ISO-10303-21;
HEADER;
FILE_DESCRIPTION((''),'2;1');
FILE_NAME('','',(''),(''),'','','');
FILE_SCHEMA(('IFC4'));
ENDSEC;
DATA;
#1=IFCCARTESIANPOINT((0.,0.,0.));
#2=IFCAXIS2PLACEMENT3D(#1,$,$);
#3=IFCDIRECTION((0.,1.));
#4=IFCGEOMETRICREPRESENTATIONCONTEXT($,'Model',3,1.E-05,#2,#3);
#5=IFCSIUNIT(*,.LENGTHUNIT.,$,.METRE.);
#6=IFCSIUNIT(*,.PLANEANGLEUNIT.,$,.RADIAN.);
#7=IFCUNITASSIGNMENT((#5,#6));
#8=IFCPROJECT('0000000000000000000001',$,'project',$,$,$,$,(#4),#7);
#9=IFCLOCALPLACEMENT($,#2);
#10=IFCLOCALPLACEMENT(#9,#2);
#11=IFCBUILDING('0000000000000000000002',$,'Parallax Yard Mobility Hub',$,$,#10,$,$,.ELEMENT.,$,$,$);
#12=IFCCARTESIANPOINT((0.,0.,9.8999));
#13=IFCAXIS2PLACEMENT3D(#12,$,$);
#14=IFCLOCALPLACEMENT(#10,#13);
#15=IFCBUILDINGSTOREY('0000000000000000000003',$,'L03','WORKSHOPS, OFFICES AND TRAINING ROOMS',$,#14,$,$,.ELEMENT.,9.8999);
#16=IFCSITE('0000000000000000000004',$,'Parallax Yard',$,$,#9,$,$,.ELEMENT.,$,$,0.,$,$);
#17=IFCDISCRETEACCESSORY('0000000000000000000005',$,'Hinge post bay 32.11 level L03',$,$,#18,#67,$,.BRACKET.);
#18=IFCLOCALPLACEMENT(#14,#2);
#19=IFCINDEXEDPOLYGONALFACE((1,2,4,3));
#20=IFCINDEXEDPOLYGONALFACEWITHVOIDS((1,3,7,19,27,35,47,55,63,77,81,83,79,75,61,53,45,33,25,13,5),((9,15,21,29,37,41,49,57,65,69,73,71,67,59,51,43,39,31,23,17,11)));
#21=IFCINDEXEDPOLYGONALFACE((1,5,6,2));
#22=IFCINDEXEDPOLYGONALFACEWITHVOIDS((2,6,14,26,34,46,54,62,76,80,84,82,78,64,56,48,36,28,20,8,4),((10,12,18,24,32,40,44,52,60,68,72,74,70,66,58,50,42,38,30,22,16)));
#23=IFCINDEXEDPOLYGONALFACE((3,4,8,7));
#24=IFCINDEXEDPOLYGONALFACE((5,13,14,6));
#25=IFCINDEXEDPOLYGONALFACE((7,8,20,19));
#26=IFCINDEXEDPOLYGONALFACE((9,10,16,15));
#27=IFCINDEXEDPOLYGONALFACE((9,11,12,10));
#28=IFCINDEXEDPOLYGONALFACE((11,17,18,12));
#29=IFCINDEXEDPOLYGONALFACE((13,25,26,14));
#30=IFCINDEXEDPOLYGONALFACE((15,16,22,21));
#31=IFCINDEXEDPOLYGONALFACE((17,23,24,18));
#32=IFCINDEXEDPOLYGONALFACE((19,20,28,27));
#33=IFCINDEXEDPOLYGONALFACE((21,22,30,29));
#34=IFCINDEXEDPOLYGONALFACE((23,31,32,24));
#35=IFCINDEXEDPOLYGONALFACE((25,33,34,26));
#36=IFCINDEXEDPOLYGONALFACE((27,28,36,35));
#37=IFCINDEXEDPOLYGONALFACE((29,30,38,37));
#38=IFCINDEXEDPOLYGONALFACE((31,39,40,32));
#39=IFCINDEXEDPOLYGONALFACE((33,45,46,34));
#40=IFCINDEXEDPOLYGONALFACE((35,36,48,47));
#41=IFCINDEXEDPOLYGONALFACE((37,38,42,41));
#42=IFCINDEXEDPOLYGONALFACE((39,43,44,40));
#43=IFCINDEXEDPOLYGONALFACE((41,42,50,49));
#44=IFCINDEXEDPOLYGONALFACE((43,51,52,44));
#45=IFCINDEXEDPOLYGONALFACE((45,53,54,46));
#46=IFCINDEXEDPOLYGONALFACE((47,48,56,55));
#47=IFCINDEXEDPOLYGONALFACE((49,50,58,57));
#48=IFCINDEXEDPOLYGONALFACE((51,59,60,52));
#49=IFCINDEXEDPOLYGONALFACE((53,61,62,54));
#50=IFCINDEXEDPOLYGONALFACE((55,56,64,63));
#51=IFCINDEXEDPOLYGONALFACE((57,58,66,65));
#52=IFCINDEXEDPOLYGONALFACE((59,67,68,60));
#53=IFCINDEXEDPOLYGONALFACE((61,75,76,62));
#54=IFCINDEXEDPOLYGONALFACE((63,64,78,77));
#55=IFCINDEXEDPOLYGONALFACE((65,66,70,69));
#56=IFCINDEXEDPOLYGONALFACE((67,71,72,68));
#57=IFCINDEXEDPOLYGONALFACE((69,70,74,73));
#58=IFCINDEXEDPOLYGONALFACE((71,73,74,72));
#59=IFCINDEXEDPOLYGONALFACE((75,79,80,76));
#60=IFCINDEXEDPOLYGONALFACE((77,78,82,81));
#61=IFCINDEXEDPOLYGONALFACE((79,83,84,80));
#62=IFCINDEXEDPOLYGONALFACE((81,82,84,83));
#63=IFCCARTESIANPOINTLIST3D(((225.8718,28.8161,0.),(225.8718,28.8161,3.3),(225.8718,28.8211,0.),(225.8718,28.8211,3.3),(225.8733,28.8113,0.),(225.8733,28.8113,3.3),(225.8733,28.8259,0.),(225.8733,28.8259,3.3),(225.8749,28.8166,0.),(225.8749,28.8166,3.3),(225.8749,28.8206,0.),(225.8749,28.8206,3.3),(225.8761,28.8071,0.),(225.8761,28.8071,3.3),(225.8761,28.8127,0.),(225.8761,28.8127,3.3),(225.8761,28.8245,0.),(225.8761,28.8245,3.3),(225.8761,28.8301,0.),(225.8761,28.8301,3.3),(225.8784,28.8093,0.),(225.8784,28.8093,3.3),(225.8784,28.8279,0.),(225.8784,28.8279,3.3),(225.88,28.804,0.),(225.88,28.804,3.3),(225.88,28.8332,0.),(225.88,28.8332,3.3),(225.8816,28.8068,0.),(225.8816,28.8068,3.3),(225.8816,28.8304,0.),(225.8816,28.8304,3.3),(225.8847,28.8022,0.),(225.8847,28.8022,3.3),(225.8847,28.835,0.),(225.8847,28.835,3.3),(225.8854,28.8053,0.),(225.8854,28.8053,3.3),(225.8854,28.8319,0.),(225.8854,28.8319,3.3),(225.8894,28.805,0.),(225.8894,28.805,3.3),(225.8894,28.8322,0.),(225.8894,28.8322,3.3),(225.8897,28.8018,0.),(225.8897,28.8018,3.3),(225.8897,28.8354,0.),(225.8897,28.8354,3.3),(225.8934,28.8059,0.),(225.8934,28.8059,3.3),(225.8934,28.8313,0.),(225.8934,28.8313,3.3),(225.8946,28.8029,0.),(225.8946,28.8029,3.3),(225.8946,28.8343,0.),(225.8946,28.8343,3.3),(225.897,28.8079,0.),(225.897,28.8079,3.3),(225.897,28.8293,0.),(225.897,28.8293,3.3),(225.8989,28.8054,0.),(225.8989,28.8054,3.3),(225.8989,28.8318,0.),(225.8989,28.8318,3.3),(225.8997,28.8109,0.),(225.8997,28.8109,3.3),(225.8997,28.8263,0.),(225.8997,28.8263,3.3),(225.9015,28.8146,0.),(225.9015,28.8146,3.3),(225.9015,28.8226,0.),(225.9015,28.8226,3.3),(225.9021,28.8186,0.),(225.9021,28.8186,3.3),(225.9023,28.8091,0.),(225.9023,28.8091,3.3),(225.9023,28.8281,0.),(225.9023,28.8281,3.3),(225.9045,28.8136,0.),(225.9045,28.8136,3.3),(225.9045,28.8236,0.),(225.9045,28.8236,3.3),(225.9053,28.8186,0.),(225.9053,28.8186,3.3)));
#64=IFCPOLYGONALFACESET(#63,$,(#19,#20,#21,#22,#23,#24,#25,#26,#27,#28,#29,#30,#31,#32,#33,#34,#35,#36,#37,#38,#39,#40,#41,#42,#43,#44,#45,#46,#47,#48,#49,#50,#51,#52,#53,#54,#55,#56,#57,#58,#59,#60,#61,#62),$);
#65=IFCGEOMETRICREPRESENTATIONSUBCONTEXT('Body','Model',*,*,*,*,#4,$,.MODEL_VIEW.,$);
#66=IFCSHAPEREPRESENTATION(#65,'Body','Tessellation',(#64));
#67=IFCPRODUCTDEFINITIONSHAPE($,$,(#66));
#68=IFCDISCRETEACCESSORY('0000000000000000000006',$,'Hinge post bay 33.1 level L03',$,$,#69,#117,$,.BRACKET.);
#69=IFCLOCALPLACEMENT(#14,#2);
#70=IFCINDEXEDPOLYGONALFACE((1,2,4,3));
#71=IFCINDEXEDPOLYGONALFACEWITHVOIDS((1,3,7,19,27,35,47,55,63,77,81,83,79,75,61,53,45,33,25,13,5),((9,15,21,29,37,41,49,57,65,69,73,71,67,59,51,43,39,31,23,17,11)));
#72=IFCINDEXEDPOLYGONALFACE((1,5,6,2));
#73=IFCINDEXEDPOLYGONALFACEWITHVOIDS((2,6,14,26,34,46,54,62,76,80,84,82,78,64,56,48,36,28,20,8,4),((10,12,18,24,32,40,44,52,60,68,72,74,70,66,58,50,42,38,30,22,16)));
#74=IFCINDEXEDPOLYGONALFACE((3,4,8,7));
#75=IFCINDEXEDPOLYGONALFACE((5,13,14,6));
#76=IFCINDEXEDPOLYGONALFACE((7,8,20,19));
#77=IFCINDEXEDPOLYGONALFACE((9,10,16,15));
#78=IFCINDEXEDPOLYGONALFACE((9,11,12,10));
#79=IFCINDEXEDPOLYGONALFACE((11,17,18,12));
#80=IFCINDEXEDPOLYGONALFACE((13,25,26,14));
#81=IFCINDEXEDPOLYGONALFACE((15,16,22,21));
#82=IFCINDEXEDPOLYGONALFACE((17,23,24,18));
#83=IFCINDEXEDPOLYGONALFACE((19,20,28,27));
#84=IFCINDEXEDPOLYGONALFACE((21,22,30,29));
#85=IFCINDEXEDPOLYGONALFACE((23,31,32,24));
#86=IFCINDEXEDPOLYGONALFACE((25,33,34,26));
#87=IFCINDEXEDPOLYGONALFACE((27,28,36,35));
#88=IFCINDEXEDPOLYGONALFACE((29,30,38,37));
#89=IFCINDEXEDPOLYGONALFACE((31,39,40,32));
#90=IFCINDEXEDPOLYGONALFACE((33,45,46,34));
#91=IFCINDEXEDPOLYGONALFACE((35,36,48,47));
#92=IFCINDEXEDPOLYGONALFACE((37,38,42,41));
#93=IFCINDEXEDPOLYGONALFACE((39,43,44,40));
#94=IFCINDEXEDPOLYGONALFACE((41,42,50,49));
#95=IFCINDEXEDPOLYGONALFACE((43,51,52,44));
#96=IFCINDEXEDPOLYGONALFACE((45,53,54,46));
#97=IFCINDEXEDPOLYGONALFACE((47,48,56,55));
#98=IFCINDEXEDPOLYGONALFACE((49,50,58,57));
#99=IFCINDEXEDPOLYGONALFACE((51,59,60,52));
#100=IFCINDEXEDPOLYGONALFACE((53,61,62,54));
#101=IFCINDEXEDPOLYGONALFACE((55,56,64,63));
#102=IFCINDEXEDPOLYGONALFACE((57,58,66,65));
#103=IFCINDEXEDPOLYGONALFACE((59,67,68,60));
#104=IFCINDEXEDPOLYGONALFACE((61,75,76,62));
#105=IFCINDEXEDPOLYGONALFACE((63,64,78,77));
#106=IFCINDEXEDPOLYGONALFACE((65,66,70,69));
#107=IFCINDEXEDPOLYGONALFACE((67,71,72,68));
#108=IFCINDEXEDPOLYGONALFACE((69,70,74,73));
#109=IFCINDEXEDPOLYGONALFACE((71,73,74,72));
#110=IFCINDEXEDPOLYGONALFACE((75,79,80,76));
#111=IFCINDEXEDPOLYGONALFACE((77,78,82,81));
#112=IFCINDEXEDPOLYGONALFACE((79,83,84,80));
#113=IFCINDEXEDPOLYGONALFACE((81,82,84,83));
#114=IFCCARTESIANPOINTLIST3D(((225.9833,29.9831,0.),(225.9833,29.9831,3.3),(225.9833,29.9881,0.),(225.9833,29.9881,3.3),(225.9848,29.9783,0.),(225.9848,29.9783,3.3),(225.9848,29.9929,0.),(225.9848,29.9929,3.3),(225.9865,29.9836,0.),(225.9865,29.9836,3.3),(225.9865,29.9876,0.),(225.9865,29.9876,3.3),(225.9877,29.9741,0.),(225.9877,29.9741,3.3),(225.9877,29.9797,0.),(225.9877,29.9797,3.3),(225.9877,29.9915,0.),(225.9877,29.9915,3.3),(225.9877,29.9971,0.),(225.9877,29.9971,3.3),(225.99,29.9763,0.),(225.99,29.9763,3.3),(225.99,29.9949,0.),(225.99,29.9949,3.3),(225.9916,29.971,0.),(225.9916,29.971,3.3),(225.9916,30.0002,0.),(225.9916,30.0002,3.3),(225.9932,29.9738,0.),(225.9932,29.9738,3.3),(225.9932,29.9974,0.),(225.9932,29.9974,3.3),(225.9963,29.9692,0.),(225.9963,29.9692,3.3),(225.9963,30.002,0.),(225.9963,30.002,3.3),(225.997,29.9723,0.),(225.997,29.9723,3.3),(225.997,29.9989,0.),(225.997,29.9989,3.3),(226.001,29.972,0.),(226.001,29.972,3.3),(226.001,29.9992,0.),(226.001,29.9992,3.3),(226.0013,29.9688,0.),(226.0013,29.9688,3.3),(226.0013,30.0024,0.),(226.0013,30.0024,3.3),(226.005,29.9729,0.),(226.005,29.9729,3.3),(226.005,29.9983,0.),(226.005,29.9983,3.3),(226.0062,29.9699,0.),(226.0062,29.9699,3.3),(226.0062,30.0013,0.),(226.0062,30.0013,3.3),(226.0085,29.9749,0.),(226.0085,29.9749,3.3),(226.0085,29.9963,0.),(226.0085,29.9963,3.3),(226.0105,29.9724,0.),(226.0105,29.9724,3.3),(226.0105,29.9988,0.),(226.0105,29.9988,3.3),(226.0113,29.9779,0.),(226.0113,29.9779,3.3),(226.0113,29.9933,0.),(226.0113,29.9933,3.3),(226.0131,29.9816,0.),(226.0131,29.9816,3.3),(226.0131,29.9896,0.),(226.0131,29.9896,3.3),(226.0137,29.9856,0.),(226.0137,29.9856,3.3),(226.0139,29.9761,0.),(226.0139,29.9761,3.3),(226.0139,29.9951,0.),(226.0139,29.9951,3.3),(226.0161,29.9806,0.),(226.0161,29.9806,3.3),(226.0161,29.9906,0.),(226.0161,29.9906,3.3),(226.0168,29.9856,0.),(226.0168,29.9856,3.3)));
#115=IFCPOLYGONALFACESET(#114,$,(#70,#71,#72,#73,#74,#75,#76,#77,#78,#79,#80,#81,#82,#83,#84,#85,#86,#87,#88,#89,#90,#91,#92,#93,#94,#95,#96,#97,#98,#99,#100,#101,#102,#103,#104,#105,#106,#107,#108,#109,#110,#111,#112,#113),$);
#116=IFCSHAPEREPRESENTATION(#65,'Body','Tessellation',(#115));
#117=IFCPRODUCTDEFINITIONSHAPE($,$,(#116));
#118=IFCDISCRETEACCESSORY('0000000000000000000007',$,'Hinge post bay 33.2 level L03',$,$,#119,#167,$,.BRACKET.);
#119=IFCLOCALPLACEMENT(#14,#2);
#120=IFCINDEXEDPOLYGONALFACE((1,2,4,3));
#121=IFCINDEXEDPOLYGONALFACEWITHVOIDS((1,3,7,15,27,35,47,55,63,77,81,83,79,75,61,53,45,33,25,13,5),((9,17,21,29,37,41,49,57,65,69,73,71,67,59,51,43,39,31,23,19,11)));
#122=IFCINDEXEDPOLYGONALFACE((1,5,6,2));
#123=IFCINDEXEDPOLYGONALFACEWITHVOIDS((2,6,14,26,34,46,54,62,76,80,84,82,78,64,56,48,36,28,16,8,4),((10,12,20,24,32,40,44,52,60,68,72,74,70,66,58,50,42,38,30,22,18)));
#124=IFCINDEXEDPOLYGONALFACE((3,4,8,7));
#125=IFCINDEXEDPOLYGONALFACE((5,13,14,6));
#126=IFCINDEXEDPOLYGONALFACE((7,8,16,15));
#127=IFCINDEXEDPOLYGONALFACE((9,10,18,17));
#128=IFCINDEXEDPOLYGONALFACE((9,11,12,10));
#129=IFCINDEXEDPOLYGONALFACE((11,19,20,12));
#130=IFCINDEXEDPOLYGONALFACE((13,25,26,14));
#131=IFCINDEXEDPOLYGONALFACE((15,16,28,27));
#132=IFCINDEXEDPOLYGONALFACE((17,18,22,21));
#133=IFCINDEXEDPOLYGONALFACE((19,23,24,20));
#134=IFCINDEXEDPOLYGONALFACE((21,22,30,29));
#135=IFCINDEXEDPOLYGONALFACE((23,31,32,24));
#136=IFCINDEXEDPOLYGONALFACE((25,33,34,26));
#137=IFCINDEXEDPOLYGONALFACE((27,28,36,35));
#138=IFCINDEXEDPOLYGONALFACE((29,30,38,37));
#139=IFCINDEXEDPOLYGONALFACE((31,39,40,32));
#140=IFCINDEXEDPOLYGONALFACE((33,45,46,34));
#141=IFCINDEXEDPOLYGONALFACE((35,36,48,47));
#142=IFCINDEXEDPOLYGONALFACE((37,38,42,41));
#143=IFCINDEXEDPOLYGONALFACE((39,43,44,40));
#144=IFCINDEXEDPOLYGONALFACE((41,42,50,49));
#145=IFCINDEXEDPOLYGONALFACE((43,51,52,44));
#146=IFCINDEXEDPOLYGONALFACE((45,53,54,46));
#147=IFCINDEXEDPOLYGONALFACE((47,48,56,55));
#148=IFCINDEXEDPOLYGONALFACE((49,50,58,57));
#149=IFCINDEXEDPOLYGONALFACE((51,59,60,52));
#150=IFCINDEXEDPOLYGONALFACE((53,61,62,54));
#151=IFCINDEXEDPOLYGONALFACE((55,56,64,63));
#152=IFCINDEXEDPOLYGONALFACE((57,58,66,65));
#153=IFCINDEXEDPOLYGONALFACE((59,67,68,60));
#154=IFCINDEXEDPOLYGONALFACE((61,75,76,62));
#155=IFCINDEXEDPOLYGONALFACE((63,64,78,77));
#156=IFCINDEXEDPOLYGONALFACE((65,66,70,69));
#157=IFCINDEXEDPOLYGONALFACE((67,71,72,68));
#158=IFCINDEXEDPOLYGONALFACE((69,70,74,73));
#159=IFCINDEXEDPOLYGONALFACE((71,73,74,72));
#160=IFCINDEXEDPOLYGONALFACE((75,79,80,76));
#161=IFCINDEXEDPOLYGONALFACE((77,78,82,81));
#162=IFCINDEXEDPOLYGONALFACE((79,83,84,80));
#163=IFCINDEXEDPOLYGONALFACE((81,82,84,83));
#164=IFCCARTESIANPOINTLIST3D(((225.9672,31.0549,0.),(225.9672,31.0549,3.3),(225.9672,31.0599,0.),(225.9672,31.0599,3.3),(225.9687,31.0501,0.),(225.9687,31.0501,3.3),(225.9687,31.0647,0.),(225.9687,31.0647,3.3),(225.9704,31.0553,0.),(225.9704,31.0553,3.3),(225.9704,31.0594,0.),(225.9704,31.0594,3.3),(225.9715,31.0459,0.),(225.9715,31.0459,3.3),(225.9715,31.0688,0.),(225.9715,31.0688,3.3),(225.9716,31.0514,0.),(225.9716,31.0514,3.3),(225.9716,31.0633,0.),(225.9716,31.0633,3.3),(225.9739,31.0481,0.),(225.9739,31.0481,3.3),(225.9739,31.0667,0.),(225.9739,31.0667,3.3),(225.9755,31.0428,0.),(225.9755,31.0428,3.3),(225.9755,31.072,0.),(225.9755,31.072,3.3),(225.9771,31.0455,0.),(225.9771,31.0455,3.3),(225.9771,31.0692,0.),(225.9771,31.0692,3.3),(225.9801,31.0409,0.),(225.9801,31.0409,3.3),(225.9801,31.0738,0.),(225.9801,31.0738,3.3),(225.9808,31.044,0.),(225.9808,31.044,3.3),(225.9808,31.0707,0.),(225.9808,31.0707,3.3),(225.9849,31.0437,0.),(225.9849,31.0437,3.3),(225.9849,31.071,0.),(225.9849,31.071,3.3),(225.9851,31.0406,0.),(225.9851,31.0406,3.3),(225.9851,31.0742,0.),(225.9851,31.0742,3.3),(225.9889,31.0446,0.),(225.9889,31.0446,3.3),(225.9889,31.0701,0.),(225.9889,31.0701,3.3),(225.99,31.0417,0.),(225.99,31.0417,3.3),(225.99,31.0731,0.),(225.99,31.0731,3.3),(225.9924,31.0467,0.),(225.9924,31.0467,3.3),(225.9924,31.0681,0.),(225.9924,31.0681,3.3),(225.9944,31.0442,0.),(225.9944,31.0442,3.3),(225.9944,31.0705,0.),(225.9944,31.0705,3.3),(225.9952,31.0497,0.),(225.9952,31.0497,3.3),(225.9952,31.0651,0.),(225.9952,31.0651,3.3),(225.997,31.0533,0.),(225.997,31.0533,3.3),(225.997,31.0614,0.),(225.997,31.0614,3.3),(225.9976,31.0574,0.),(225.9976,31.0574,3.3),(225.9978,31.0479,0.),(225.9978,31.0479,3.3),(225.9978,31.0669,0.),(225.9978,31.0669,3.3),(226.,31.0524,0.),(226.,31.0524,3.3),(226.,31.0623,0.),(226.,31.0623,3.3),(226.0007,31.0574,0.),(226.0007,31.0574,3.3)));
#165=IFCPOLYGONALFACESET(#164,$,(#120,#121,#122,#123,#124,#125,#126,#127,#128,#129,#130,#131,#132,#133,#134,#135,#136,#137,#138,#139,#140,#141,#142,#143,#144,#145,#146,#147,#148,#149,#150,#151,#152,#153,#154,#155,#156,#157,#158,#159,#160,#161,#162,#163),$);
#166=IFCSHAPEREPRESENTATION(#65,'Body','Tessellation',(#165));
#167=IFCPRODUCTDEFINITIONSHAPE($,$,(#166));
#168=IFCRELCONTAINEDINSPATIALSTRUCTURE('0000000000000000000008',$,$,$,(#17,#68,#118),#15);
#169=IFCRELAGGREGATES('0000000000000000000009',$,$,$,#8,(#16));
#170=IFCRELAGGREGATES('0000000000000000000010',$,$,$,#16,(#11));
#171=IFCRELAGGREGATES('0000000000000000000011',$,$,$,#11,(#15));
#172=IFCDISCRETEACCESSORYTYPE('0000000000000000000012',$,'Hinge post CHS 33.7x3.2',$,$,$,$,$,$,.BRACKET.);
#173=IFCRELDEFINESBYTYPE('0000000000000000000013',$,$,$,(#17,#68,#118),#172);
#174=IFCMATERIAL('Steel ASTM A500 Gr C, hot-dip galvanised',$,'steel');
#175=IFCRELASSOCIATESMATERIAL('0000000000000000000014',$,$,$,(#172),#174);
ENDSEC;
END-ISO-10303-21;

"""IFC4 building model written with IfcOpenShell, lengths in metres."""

from ifc_helpers import new_model, si_unit, direction, frame, origin, origin_2d, place, context, subcontext, project, spatial, hollow_circle, extrude, material, material_profile, profile_set, type_object, element, save


model = new_model("IFC4")

# Units and contexts
model_context = context("Model", 3, precision=1e-05, world=origin(), true_north=direction((0.0, 1.0)))
body_context = subcontext(model_context, "Body", "Model", "MODEL_VIEW")
ifc_project = project(units=[si_unit("LENGTHUNIT", "METRE"), si_unit("PLANEANGLEUNIT", "RADIAN")], contexts=[model_context])

# Site, building, storey
site_placement = place(None, origin())
site = spatial("IfcSite", under=ifc_project, at=site_placement, Name="Parallax Yard", CompositionType="ELEMENT", RefElevation=0.0)
building_placement = place(site_placement, origin())
building = spatial("IfcBuilding", under=site, at=building_placement, Name="Parallax Yard Mobility Hub", CompositionType="ELEMENT")
storey_placement = place(building_placement, frame((0.0, 0.0, 9.8999)))
storey = spatial("IfcBuildingStorey", under=building, at=storey_placement, Name="L03", Description="WORKSHOPS, OFFICES AND TRAINING ROOMS", CompositionType="ELEMENT", Elevation=9.8999)

# Discrete accessories
ifc_material_1 = material(Name="Steel ASTM A500 Gr C, hot-dip galvanised", Category="steel")
ifc_material_profile_1 = material_profile(ifc_material_1, hollow_circle(Radius=0.0168, WallThickness=0.0032, at=origin_2d()), Name="CHS 33.7x3.2")
ifc_profile_set_1 = profile_set([ifc_material_profile_1], Name="Steel ASTM A500 Gr C, hot-dip galvanised")
discrete_accessory_type_1 = type_object("IfcDiscreteAccessoryType", Name="Hinge post CHS 33.7x3.2", PredefinedType="BRACKET", material=ifc_profile_set_1)
for number, where, z_axis, x_axis, name in (
    (1, (225.8884, 28.8186, 0.0), (0.0, 0.0, 1.0), (1.0, 0.0, 0.0), "Hinge post bay 32.11 level L03"),
    (2, (226.0, 29.9856, 0.0), (0.0, 0.0, 1.0), (1.0, 0.0, 0.0), "Hinge post bay 33.1 level L03"),
    (3, (225.9839, 31.0574, 0.0), (0.0, 0.0, 1.0), (1.0, 0.0, 0.0), "Hinge post bay 33.2 level L03"),
):
    element("IfcDiscreteAccessory", number, at=place(storey_placement, frame(where, z_axis=z_axis, x_axis=x_axis)), inside=storey, type_object=discrete_accessory_type_1, Name=name, PredefinedType="BRACKET", context=body_context, shape_type="SweptSolid", body=[
        extrude(hollow_circle(Radius=0.0168, WallThickness=0.0032, at=origin_2d()), origin(), (0.0, 0.0, 1.0), 3.3),
    ])

save(model, "model.ifc")
